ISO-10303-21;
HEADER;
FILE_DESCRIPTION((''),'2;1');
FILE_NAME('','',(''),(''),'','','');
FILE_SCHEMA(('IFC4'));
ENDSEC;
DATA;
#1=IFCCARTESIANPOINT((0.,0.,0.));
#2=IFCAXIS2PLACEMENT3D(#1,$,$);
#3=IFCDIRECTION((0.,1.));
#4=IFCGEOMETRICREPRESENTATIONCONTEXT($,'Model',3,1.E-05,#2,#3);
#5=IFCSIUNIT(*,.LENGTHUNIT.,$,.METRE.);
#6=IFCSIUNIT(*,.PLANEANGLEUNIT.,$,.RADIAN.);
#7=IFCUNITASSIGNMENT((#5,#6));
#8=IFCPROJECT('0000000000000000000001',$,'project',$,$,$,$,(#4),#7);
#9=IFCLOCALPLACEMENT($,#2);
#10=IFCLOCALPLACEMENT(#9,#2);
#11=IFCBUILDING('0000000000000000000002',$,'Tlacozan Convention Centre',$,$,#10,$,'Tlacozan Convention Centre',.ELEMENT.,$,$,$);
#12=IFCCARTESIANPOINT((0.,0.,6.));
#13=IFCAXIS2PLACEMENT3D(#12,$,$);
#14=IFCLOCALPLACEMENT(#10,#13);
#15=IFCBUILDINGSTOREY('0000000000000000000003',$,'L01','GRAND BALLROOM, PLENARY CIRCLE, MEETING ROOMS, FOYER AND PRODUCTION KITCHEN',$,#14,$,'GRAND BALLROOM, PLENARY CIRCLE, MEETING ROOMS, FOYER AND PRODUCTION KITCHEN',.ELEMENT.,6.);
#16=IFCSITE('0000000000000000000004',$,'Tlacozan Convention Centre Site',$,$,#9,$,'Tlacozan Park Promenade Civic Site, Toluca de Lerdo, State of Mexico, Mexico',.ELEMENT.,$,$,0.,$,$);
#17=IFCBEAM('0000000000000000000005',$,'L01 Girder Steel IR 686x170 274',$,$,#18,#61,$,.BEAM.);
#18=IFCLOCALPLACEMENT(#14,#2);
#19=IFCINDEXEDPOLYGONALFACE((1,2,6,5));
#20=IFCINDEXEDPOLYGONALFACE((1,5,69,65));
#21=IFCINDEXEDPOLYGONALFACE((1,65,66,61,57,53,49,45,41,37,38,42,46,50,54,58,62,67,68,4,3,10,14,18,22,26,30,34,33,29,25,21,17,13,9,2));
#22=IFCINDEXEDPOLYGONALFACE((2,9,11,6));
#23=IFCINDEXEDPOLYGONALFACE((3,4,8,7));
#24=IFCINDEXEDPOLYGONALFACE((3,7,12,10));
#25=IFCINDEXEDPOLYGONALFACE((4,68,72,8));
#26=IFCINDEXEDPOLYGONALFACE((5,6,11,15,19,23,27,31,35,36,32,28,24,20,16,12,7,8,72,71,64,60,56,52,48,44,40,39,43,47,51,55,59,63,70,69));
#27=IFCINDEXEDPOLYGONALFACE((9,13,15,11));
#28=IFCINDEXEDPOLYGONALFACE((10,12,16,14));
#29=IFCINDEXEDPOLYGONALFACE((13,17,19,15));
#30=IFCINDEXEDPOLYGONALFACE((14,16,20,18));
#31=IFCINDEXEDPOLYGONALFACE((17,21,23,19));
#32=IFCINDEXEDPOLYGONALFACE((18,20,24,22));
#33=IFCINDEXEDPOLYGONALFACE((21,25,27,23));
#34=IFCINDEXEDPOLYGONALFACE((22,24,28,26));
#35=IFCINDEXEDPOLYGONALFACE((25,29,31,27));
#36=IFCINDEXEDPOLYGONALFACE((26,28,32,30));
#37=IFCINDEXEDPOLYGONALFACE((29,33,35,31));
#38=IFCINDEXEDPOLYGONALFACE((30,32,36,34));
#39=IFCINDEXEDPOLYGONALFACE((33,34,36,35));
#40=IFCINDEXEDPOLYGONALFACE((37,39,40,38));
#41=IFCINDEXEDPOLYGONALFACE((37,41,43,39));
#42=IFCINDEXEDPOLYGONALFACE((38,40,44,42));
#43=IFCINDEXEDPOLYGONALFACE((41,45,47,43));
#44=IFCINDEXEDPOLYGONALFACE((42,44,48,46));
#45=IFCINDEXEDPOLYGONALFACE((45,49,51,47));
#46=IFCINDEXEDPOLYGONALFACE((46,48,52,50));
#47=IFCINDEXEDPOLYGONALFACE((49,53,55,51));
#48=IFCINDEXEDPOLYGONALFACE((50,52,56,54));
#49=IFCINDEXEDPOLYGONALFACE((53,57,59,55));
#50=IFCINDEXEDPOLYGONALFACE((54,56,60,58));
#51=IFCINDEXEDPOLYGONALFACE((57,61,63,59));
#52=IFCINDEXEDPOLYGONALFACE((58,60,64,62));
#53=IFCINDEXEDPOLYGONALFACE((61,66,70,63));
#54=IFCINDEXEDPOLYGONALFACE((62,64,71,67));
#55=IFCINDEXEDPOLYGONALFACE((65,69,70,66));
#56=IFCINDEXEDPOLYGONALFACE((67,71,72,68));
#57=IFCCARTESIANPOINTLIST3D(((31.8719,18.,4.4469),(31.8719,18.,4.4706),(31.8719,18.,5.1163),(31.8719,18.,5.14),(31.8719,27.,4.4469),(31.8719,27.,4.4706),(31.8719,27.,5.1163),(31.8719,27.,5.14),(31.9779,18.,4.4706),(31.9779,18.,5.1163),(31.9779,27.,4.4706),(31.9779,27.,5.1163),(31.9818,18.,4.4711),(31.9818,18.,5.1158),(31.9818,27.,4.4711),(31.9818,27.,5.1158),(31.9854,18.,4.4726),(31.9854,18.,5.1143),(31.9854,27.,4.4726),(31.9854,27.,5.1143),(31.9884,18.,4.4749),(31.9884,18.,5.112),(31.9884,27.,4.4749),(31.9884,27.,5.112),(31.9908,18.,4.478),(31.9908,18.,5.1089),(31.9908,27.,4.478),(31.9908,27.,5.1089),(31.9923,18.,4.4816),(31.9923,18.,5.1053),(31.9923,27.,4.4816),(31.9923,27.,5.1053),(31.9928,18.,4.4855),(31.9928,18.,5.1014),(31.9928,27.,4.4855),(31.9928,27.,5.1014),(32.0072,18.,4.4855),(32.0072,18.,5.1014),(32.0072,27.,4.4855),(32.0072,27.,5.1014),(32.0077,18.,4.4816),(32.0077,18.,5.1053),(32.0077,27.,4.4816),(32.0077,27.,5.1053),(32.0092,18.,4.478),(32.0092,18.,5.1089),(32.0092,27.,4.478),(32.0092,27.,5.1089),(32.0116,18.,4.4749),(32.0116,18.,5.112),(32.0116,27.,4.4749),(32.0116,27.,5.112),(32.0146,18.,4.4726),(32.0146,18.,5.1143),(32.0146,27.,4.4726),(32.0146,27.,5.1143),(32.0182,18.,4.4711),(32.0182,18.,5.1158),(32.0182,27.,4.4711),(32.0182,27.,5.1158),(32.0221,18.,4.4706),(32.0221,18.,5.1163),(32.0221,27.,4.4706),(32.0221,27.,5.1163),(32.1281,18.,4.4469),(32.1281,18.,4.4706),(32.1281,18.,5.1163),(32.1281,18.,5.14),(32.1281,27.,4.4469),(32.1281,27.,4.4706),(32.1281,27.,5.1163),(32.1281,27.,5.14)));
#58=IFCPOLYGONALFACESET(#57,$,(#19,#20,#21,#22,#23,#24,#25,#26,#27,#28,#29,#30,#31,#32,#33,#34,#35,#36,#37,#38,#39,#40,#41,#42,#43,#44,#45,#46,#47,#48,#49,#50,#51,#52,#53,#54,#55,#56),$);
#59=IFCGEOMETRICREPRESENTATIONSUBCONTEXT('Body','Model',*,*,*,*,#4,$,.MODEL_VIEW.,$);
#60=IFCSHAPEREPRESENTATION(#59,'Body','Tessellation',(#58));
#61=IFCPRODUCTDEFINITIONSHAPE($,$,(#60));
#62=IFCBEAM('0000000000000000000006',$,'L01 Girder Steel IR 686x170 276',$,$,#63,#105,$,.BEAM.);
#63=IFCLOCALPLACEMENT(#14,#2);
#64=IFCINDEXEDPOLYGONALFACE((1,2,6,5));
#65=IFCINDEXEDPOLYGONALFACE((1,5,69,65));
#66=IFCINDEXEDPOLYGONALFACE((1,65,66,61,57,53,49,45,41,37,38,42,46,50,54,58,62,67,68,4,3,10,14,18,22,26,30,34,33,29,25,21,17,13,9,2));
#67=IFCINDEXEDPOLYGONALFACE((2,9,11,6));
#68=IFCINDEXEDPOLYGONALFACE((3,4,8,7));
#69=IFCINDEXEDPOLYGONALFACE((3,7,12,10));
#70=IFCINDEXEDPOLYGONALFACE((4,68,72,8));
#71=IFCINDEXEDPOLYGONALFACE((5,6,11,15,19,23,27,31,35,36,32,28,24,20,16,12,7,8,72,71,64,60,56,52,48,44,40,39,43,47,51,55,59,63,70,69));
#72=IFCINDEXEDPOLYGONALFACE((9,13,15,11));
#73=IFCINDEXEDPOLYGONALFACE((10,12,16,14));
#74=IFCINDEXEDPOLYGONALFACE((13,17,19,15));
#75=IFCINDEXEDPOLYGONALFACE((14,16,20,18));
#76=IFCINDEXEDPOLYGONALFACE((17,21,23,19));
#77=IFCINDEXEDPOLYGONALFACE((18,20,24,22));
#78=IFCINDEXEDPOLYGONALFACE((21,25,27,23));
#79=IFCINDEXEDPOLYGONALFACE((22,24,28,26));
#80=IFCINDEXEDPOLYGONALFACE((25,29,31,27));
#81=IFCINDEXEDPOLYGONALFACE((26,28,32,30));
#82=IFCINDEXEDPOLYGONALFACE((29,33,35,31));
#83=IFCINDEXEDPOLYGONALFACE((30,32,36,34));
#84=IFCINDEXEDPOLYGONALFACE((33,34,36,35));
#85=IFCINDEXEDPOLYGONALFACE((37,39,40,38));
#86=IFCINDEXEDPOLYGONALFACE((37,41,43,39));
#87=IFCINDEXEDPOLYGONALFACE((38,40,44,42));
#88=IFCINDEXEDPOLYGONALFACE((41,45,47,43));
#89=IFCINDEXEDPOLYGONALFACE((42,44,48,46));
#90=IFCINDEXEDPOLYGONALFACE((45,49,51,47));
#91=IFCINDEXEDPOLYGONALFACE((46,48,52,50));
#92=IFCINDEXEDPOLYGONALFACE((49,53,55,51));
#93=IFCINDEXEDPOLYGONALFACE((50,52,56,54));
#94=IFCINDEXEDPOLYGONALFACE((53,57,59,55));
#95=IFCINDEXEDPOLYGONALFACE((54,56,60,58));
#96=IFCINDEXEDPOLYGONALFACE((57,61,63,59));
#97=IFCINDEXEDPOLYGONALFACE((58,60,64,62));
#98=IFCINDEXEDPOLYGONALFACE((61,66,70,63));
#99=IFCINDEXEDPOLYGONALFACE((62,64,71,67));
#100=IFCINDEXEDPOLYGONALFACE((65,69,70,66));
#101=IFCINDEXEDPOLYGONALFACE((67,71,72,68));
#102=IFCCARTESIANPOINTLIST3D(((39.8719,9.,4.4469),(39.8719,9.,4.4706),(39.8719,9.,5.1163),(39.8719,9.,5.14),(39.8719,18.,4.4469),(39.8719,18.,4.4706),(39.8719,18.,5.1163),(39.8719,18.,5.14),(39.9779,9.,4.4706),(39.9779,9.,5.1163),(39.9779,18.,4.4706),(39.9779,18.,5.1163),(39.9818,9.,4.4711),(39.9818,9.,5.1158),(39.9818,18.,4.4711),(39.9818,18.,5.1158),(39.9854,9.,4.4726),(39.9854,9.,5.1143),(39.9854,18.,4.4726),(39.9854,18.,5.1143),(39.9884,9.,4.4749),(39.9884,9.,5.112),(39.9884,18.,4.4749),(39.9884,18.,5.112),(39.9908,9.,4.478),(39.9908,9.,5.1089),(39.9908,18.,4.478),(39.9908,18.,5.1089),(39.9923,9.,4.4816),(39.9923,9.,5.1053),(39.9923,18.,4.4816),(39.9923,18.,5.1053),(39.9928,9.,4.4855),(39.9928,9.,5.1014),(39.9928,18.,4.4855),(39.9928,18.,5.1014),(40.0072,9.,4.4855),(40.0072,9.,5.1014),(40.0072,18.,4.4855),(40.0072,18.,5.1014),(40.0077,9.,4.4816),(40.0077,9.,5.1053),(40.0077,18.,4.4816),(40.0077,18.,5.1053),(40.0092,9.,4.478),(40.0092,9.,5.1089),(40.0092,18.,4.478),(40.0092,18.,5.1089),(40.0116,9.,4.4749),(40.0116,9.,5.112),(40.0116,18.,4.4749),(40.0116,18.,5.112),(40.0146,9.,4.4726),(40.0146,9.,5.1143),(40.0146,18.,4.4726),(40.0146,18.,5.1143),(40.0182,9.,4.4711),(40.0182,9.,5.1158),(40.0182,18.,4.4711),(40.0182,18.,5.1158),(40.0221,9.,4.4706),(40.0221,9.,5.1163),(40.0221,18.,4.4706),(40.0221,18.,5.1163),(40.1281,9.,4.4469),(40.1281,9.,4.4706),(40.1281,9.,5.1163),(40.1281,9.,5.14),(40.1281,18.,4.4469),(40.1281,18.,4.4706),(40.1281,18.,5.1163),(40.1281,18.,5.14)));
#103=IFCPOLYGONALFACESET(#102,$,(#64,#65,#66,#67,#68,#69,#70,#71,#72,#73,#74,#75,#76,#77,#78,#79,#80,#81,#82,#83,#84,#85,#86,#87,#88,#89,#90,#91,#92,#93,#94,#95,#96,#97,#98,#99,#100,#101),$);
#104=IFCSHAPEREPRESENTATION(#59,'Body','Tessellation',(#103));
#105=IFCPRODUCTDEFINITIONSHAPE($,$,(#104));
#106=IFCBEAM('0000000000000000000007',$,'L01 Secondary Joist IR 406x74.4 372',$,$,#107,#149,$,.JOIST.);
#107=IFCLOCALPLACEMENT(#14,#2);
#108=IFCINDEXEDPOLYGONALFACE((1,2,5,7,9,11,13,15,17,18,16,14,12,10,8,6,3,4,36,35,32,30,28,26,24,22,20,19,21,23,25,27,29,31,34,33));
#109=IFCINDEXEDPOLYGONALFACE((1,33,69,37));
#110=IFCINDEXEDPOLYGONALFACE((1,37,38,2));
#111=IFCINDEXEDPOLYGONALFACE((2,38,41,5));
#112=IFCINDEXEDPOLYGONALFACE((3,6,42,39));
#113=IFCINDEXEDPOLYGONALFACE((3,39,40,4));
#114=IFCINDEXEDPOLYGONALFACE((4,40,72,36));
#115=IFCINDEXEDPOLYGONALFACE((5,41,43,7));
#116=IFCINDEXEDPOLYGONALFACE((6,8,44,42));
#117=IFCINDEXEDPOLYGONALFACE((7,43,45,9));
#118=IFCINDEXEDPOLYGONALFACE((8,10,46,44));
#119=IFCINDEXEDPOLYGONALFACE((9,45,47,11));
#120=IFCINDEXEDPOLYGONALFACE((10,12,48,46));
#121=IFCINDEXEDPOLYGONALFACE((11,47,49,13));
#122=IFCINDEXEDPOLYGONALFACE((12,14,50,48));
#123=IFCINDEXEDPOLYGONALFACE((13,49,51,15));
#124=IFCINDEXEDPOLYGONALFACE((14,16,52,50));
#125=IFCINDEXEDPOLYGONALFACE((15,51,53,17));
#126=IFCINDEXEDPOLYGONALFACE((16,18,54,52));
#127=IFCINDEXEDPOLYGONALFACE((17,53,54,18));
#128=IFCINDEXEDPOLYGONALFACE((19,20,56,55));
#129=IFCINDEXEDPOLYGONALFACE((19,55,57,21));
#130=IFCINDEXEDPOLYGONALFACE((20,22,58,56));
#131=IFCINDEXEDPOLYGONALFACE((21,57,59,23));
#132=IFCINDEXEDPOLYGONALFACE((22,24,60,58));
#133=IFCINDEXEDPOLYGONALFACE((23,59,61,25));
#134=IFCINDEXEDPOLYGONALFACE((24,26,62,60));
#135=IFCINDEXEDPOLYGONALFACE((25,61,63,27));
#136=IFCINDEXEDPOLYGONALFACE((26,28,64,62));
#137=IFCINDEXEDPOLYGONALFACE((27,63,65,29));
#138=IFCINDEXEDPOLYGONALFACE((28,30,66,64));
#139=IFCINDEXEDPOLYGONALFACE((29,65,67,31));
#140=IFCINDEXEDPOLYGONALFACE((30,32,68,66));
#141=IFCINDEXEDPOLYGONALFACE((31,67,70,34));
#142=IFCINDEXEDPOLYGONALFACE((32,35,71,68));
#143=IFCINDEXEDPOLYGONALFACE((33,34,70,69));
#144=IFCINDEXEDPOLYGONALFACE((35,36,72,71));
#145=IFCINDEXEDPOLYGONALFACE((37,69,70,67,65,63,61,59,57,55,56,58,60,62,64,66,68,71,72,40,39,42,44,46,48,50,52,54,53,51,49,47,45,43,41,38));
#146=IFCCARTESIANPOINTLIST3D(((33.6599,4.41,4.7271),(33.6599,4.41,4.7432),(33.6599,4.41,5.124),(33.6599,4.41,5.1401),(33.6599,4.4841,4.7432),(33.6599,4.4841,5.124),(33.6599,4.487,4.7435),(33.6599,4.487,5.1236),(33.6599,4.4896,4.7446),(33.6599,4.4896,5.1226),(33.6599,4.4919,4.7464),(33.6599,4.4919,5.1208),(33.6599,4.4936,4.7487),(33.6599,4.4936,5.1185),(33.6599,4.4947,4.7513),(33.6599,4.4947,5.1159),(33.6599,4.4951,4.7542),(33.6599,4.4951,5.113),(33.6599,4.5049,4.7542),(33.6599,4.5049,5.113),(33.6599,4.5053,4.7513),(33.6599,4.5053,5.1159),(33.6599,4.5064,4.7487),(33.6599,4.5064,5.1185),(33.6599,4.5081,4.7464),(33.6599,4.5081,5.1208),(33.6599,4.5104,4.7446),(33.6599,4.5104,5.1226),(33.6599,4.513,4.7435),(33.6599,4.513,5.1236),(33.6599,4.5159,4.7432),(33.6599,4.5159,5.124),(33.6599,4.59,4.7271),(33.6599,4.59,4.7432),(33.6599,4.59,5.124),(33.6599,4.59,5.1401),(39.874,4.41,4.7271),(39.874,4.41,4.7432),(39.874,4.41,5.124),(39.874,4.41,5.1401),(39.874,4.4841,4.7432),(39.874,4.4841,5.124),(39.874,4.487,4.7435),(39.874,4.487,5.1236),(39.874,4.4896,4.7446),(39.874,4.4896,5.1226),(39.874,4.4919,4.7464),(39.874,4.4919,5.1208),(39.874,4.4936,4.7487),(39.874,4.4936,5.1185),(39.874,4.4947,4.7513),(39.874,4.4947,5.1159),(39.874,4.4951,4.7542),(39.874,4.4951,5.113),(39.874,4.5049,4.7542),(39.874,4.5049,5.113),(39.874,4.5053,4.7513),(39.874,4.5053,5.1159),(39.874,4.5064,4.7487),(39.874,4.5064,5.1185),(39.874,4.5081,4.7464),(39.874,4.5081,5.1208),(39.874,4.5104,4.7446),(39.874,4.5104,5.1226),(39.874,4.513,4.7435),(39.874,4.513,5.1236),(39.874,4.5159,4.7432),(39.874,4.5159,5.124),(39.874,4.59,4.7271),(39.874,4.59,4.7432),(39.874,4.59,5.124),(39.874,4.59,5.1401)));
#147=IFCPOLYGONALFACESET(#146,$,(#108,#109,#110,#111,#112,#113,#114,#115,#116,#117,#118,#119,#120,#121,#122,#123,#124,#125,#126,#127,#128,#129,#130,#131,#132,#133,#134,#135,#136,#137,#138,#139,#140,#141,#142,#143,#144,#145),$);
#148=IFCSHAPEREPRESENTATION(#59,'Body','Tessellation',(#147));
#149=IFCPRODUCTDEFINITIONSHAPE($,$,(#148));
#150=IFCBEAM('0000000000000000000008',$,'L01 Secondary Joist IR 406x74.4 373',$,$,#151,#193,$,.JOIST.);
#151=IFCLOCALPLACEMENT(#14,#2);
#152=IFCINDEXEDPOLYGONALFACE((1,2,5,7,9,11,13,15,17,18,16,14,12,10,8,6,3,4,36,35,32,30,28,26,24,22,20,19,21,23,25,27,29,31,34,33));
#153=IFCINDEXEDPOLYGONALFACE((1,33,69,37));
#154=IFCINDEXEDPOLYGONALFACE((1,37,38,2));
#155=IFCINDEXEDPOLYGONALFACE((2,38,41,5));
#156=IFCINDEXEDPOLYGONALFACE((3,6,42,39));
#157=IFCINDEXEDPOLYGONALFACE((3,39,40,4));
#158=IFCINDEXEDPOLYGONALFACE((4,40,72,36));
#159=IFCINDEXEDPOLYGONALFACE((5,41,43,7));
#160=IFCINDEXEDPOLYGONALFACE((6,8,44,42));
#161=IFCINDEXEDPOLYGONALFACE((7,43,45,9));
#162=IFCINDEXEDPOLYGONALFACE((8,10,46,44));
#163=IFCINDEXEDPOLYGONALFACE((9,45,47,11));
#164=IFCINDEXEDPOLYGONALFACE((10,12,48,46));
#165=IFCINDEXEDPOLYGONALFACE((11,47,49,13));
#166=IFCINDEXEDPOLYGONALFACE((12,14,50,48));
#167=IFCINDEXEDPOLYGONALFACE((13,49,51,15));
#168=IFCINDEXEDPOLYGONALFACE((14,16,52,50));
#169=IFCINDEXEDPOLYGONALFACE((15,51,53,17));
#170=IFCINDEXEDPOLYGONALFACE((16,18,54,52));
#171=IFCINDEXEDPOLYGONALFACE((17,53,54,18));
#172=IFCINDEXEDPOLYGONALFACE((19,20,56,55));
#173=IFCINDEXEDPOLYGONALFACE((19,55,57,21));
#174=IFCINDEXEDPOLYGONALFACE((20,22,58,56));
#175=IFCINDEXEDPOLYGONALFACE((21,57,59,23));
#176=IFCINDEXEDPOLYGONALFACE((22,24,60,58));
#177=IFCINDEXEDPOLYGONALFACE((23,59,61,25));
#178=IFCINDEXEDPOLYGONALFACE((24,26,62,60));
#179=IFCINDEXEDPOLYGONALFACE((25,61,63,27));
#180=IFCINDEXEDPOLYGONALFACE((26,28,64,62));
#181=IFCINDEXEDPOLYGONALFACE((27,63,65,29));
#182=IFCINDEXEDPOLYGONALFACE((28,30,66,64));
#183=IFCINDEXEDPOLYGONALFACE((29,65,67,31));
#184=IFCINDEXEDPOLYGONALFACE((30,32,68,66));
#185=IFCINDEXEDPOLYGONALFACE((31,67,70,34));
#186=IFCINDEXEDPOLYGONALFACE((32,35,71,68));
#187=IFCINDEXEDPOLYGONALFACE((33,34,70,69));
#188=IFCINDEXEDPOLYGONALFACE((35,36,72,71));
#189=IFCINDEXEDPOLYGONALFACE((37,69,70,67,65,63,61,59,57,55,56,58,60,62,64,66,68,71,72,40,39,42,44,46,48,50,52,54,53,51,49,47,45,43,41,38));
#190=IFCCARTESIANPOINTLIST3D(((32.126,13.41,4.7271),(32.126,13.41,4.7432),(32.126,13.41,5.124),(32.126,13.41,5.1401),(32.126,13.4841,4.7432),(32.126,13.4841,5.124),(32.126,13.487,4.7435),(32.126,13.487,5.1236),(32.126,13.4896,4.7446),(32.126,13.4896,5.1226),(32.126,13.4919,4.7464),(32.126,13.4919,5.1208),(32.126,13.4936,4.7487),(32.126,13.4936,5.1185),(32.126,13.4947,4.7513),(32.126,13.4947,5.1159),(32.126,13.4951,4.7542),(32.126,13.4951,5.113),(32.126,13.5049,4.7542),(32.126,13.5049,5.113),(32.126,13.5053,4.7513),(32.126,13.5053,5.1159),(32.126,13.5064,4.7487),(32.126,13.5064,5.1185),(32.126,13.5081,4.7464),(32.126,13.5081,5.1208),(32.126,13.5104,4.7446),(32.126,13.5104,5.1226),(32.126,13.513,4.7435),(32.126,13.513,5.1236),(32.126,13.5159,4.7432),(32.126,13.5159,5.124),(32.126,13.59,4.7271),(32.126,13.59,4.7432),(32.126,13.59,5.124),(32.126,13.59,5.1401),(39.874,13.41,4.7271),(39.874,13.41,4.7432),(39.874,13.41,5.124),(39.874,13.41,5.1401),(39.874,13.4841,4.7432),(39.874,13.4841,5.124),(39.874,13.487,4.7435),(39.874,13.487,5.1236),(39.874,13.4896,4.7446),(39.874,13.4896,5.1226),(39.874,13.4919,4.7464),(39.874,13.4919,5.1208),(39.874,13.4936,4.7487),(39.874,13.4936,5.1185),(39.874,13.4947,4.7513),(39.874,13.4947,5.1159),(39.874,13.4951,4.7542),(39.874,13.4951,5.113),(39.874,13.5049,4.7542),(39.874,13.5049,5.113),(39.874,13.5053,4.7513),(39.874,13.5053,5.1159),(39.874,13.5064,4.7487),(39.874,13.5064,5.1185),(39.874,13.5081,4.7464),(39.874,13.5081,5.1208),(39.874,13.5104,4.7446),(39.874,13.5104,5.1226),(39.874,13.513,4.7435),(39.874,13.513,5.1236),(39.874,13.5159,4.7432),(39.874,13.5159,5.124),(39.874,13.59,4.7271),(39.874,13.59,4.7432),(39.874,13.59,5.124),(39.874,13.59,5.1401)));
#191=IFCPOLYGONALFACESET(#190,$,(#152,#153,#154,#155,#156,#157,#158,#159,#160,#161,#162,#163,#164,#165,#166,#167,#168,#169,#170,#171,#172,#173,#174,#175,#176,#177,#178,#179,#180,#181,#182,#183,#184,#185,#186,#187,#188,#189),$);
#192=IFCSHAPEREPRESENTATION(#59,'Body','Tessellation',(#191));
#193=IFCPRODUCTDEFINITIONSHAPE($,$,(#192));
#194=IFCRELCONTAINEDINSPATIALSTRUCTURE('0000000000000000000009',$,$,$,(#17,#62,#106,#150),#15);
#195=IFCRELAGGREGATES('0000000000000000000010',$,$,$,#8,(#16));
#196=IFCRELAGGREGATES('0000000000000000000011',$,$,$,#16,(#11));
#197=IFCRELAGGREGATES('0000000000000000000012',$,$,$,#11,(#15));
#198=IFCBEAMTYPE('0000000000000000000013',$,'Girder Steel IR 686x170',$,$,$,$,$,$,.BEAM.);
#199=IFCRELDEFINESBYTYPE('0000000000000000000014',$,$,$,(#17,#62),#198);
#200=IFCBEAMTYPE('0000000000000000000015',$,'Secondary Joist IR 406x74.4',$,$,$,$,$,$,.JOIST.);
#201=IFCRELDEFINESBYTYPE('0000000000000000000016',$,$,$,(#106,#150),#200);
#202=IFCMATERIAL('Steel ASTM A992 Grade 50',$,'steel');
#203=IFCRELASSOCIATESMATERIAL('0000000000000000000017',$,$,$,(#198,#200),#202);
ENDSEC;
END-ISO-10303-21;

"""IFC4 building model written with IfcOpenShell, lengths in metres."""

from ifc_helpers import new_model, si_unit, direction, frame, origin, origin_2d, place, context, subcontext, project, spatial, i_section, extrude, material, material_profile, profile_set, type_object, element, save


model = new_model("IFC4")

# Units and contexts
model_context = context("Model", 3, precision=1e-05, world=origin(), true_north=direction((0.0, 1.0)))
body_context = subcontext(model_context, "Body", "Model", "MODEL_VIEW")
ifc_project = project(units=[si_unit("LENGTHUNIT", "METRE"), si_unit("PLANEANGLEUNIT", "RADIAN")], contexts=[model_context])

# Site, building, storey
site_placement = place(None, origin())
site = spatial("IfcSite", under=ifc_project, at=site_placement, Name="Tlacozan Convention Centre Site", LongName="Tlacozan Park Promenade Civic Site, Toluca de Lerdo, State of Mexico, Mexico", CompositionType="ELEMENT", RefElevation=0.0)
building_placement = place(site_placement, origin())
building = spatial("IfcBuilding", under=site, at=building_placement, Name="Tlacozan Convention Centre", LongName="Tlacozan Convention Centre", CompositionType="ELEMENT")
storey_placement = place(building_placement, frame((0.0, 0.0, 6.0)))
storey = spatial("IfcBuildingStorey", under=building, at=storey_placement, Name="L01", Description="GRAND BALLROOM, PLENARY CIRCLE, MEETING ROOMS, FOYER AND PRODUCTION KITCHEN", LongName="GRAND BALLROOM, PLENARY CIRCLE, MEETING ROOMS, FOYER AND PRODUCTION KITCHEN", CompositionType="ELEMENT", Elevation=6.0)

# Beams
ifc_material_1 = material(Name="Steel ASTM A992 Grade 50", Category="steel")
ifc_material_profile_1 = material_profile(ifc_material_1, i_section(OverallWidth=0.2561, OverallDepth=0.6931, WebThickness=0.0144, FlangeThickness=0.0237, FilletRadius=0.0149, at=origin_2d()), Name="IR 686x170.0")
ifc_profile_set_1 = profile_set([ifc_material_profile_1], Name="Steel ASTM A992 Grade 50")
beam_type_1 = type_object("IfcBeamType", Name="Girder Steel IR 686x170", PredefinedType="BEAM", material=ifc_profile_set_1)
for number, where, z_axis, x_axis, name in (
    (1, (32.0, 18.0, 4.7935), (0.0, 1.0, 0.0), (-1.0, 0.0, 0.0), "L01 Girder Steel IR 686x170 274"),
    (2, (40.0, 9.0, 4.7935), (0.0, 1.0, 0.0), (-1.0, 0.0, 0.0), "L01 Girder Steel IR 686x170 276"),
):
    element("IfcBeam", number, at=place(storey_placement, frame(where, z_axis=z_axis, x_axis=x_axis)), inside=storey, type_object=beam_type_1, Name=name, PredefinedType="BEAM", context=body_context, shape_type="SweptSolid", body=[
        extrude(i_section(OverallWidth=0.2561, OverallDepth=0.6931, WebThickness=0.0144, FlangeThickness=0.0237, FilletRadius=0.0149, at=origin_2d()), origin(), (0.0, 0.0, 1.0), 9.0),
    ])
ifc_material_profile_2 = material_profile(ifc_material_1, i_section(OverallWidth=0.1799, OverallDepth=0.4131, WebThickness=0.0098, FlangeThickness=0.0161, FilletRadius=0.011, at=origin_2d()), Name="IR 406x74.4")
ifc_profile_set_2 = profile_set([ifc_material_profile_2], Name="Steel ASTM A992 Grade 50")
beam_type_2 = type_object("IfcBeamType", Name="Secondary Joist IR 406x74.4", PredefinedType="JOIST", material=ifc_profile_set_2)
beam_placement = place(storey_placement, frame((33.6599, 4.5, 4.9336), z_axis=(1.0, 0.0, 0.0), x_axis=(0.0, 1.0, 0.0)))
element("IfcBeam", 3, at=beam_placement, inside=storey, type_object=beam_type_2, Name="L01 Secondary Joist IR 406x74.4 372", PredefinedType="JOIST", context=body_context, shape_type="SweptSolid", body=[
    extrude(i_section(OverallWidth=0.1799, OverallDepth=0.4131, WebThickness=0.0098, FlangeThickness=0.0161, FilletRadius=0.011, at=origin_2d()), origin(), (0.0, 0.0, 1.0), 6.2141),
])
for number, where, z_axis, x_axis, name in (
    (4, (32.126, 13.5, 4.9336), (1.0, 0.0, 0.0), (0.0, 1.0, 0.0), "L01 Secondary Joist IR 406x74.4 373"),
):
    element("IfcBeam", number, at=place(storey_placement, frame(where, z_axis=z_axis, x_axis=x_axis)), inside=storey, type_object=beam_type_2, Name=name, PredefinedType="JOIST", context=body_context, shape_type="SweptSolid", body=[
        extrude(i_section(OverallWidth=0.1799, OverallDepth=0.4131, WebThickness=0.0098, FlangeThickness=0.0161, FilletRadius=0.011, at=origin_2d()), origin(), (0.0, 0.0, 1.0), 7.748),
    ])

save(model, "model.ifc")
